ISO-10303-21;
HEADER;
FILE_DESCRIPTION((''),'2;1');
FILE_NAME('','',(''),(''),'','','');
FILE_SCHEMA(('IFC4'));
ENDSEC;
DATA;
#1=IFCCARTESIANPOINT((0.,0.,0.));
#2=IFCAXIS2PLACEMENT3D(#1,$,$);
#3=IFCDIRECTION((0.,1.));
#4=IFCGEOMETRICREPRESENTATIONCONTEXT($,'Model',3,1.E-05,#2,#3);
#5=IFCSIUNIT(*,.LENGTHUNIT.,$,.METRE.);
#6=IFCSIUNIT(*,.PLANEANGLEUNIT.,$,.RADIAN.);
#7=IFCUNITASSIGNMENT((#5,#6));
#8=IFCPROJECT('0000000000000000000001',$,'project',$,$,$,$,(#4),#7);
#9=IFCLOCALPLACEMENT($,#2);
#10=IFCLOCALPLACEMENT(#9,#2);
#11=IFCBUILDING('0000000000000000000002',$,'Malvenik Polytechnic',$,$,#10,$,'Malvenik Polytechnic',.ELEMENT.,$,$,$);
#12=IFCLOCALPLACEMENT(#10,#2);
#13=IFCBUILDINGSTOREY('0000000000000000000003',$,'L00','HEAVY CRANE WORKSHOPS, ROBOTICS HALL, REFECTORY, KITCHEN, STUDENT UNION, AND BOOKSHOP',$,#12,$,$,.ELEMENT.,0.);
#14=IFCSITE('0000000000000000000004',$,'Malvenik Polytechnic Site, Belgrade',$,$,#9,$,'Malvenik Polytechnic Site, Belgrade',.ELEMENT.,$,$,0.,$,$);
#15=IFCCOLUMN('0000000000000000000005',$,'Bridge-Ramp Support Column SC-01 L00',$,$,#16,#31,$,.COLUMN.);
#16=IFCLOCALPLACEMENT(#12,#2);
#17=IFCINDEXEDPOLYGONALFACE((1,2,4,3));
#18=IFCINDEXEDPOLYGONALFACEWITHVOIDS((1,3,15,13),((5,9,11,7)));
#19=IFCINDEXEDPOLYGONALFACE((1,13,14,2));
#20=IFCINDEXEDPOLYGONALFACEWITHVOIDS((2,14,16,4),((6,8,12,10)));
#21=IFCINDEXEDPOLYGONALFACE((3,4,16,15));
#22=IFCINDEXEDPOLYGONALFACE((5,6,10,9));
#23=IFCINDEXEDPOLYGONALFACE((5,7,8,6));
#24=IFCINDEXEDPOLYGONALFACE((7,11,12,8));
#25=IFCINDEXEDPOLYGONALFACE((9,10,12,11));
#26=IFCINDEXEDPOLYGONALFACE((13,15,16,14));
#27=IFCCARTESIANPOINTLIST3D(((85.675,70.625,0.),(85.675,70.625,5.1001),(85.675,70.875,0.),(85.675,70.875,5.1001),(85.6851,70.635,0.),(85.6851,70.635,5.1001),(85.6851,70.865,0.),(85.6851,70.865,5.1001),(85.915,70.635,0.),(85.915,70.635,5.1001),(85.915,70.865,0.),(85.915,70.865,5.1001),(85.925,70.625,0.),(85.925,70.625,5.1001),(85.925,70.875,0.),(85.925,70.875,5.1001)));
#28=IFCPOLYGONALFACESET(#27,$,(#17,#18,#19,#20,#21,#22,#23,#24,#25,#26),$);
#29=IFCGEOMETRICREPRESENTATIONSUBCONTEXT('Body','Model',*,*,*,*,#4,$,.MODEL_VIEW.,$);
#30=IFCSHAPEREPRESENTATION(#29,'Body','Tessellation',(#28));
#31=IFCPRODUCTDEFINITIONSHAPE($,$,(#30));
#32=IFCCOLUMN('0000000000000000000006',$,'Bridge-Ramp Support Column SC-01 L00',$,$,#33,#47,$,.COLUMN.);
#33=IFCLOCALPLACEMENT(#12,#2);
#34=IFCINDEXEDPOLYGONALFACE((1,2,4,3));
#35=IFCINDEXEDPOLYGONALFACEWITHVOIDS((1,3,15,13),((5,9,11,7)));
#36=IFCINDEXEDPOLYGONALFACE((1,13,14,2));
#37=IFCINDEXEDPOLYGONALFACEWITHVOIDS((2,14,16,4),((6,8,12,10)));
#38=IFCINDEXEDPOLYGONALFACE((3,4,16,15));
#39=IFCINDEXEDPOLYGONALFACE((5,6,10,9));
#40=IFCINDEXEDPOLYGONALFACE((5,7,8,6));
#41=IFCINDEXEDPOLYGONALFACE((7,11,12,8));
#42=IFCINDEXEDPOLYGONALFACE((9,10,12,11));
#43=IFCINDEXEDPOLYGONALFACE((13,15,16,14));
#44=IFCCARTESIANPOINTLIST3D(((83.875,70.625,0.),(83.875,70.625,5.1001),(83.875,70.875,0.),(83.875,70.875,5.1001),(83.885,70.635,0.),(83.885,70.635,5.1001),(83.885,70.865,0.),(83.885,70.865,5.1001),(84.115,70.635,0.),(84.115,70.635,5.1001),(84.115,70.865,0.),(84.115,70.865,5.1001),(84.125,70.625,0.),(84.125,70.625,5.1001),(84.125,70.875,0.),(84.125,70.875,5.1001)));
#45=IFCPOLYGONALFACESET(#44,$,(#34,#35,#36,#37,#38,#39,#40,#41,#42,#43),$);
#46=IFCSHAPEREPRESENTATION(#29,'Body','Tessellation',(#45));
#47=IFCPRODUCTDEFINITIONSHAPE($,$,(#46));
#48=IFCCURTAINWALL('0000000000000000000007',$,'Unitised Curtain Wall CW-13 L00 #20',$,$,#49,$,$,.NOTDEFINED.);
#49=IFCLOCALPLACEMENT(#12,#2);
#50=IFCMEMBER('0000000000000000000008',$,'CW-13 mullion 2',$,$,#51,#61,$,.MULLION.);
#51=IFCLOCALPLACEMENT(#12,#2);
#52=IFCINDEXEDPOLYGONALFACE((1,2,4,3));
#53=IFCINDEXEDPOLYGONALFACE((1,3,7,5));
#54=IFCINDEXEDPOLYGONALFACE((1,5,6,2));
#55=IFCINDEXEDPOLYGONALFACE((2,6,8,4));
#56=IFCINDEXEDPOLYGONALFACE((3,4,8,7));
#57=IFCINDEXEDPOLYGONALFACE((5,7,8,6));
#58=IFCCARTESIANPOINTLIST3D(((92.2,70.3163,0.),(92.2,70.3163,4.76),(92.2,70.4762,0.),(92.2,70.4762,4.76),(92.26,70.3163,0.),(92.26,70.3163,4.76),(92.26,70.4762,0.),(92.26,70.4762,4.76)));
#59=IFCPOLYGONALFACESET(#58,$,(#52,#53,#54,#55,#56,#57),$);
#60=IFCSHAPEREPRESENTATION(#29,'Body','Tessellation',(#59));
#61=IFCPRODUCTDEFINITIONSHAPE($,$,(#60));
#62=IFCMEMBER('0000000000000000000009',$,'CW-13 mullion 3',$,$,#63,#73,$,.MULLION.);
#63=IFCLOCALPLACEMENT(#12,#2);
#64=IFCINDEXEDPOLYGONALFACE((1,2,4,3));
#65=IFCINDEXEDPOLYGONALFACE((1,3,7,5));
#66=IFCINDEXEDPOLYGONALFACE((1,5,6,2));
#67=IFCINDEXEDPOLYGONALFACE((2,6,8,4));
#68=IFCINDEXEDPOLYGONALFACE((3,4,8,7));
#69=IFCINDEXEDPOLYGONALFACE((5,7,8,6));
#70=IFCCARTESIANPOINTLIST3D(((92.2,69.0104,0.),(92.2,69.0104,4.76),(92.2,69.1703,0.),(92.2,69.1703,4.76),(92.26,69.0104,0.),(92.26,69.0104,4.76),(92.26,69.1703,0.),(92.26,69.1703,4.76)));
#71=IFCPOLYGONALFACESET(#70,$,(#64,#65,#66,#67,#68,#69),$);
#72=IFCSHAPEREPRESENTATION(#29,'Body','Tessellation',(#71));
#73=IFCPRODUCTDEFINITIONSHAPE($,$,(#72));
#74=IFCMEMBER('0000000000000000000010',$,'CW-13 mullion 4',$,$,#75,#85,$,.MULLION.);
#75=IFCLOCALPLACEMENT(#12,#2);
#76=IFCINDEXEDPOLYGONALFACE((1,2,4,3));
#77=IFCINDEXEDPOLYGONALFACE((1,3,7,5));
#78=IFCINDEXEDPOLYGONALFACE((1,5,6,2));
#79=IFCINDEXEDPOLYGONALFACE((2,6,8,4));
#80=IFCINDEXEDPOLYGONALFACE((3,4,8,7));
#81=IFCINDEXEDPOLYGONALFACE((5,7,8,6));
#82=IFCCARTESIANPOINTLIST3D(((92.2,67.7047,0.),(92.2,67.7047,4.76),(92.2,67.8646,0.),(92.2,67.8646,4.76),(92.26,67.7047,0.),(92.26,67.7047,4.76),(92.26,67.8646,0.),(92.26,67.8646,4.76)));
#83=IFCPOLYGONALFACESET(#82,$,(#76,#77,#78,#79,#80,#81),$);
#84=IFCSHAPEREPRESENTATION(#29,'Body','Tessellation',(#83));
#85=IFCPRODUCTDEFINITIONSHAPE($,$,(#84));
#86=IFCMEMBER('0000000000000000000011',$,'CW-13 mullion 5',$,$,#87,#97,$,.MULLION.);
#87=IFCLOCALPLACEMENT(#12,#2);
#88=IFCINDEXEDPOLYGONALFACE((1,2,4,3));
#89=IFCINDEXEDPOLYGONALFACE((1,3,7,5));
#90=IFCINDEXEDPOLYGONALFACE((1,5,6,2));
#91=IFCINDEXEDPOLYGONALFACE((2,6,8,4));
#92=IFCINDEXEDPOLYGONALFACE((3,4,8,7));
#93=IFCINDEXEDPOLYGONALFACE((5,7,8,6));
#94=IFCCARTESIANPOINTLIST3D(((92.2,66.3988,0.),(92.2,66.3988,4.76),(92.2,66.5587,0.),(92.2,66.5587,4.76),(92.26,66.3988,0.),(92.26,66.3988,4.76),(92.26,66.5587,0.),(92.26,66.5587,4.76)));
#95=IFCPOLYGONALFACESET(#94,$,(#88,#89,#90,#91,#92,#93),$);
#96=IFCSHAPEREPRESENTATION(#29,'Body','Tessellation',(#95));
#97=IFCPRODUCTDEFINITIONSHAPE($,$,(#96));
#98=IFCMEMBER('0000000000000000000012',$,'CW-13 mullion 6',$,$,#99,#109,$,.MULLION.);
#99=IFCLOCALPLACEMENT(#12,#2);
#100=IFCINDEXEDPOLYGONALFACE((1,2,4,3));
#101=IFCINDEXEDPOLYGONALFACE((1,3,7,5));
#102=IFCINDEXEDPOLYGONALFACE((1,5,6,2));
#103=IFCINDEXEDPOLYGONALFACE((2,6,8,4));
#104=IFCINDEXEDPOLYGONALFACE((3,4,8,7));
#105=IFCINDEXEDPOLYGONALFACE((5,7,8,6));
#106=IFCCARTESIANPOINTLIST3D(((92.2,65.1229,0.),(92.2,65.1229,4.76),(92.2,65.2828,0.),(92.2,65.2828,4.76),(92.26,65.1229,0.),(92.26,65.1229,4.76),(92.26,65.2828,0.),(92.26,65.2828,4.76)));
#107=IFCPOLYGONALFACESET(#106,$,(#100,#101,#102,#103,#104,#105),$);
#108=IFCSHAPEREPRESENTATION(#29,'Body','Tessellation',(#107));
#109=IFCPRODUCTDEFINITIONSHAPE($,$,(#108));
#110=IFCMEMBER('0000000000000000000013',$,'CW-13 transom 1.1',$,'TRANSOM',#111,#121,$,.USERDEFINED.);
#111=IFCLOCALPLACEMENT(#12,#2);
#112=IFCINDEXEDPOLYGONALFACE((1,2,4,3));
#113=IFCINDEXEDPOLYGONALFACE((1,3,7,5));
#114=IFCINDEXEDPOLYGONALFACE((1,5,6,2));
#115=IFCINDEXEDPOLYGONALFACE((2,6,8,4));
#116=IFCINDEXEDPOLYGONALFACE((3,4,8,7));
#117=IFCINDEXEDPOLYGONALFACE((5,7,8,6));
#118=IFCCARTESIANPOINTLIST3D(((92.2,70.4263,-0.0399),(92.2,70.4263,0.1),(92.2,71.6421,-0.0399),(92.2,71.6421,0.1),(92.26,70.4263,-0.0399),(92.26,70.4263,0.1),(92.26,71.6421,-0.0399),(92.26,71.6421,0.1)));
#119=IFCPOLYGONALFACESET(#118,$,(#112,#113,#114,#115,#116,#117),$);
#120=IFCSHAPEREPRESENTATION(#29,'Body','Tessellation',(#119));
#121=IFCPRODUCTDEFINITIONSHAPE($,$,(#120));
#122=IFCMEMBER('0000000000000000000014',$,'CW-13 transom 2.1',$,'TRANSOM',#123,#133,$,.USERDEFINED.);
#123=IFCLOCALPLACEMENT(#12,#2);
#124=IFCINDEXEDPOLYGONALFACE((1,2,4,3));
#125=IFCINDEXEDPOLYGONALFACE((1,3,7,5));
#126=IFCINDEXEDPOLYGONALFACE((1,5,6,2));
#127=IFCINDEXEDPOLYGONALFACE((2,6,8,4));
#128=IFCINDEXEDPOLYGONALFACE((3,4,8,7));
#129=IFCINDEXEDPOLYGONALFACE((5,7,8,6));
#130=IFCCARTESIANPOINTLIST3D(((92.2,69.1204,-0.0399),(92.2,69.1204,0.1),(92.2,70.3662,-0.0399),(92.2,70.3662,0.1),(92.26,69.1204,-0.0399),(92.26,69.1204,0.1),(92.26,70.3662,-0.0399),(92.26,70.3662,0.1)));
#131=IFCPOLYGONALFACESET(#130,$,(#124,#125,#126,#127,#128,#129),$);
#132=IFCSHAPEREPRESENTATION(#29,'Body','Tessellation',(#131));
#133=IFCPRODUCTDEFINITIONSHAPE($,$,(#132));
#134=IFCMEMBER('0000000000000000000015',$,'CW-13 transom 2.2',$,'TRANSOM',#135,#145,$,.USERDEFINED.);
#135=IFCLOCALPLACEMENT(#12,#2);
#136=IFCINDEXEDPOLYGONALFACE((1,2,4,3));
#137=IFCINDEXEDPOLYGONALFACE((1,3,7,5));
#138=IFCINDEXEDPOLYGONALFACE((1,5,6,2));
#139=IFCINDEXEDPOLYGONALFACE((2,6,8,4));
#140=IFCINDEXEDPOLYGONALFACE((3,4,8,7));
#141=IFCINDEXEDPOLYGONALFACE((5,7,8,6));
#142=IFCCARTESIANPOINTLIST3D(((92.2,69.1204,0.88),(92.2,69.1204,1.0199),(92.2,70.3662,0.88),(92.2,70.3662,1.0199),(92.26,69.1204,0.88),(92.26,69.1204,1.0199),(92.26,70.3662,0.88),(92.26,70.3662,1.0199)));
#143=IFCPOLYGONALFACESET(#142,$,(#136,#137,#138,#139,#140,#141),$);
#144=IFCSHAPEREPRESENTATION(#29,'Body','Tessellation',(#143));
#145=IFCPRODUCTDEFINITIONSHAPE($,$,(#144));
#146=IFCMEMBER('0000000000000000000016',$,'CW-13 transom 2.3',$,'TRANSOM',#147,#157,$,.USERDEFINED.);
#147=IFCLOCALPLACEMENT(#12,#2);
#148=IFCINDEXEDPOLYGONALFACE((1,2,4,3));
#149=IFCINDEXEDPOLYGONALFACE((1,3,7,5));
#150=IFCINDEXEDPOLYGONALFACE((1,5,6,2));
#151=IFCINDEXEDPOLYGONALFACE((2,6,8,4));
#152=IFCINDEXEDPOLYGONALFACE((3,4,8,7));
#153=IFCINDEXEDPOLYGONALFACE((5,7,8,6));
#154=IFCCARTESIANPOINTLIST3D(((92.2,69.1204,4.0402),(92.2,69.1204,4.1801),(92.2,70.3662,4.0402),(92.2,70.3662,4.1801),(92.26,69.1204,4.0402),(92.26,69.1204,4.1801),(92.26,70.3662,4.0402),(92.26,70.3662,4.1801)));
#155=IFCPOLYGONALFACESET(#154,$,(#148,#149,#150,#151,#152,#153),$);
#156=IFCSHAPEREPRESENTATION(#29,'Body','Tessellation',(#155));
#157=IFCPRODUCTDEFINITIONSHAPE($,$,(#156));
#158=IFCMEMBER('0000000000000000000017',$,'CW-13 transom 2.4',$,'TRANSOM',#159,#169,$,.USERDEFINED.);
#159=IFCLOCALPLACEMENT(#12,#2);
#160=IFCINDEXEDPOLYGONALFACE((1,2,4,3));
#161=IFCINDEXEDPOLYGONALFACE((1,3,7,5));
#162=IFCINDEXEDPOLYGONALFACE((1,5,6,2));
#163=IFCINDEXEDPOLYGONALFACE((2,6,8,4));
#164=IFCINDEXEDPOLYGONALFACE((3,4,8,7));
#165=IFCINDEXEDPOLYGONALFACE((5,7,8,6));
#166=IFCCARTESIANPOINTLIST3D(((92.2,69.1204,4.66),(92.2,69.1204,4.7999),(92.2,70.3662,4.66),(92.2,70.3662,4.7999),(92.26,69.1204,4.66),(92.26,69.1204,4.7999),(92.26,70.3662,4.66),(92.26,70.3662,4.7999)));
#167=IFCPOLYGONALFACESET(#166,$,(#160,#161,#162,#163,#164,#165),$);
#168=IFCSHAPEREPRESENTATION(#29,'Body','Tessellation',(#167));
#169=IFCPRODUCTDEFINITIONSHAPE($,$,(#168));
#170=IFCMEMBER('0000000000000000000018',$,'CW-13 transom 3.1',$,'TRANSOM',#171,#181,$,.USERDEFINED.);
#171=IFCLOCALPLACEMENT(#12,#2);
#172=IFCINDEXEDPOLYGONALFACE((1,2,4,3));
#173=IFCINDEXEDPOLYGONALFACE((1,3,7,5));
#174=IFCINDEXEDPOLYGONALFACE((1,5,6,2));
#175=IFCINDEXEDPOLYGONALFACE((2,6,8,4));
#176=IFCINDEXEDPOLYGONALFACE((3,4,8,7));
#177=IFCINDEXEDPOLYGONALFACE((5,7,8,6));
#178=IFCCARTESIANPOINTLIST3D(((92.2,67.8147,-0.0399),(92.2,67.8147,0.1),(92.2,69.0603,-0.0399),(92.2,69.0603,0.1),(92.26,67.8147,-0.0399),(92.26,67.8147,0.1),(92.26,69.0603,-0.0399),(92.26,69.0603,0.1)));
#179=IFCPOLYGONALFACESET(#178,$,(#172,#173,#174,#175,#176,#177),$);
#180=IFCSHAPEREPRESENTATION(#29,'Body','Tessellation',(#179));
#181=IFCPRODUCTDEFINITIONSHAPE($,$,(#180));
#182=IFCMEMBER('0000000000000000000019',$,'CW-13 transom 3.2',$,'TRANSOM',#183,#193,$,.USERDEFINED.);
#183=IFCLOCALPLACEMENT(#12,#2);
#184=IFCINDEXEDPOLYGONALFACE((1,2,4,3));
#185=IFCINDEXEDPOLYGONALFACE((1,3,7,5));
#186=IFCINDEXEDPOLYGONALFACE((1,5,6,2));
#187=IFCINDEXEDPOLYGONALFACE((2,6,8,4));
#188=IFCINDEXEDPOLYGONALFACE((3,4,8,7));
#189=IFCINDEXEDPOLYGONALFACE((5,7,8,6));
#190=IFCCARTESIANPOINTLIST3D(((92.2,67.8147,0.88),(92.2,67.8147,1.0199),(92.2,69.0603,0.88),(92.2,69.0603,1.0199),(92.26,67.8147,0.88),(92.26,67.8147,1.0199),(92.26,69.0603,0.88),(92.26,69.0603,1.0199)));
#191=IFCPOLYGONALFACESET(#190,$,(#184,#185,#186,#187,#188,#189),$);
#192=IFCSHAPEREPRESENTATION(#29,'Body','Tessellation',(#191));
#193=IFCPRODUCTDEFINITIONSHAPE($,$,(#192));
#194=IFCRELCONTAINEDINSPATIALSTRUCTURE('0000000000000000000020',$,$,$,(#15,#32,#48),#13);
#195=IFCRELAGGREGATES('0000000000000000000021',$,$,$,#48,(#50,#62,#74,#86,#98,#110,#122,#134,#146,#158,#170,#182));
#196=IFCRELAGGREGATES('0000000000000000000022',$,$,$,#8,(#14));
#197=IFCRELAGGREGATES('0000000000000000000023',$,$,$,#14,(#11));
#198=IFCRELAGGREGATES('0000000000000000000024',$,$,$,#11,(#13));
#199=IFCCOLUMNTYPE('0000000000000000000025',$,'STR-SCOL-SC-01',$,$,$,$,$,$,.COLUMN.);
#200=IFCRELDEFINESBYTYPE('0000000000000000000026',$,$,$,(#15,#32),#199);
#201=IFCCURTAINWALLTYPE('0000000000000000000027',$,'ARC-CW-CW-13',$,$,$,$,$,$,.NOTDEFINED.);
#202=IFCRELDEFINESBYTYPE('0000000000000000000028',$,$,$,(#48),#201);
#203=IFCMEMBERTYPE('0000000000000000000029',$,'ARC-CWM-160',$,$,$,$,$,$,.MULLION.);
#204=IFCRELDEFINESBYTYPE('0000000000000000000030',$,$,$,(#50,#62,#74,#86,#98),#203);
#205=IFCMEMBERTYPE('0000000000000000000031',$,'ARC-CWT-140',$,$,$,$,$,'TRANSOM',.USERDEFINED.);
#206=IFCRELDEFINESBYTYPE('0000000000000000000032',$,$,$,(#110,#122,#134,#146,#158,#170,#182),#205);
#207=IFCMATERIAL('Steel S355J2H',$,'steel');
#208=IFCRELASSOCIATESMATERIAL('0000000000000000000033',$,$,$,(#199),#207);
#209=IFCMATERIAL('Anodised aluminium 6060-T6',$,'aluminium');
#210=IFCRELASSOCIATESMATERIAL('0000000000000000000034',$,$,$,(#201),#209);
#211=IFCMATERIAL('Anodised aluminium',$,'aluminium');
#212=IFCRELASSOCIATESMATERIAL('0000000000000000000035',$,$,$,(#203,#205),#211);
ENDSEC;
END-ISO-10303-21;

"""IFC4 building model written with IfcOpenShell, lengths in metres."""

from ifc_helpers import new_model, si_unit, direction, frame, origin, origin_2d, place, context, subcontext, project, spatial, rectangle, hollow_rectangle, extrude, material, material_profile, profile_set, type_object, element, aggregate, save


model = new_model("IFC4")

# Units and contexts
model_context = context("Model", 3, precision=1e-05, world=origin(), true_north=direction((0.0, 1.0)))
body_context = subcontext(model_context, "Body", "Model", "MODEL_VIEW")
ifc_project = project(units=[si_unit("LENGTHUNIT", "METRE"), si_unit("PLANEANGLEUNIT", "RADIAN")], contexts=[model_context])

# Site, building, storey
site_placement = place(None, origin())
site = spatial("IfcSite", under=ifc_project, at=site_placement, Name="Malvenik Polytechnic Site, Belgrade", LongName="Malvenik Polytechnic Site, Belgrade", CompositionType="ELEMENT", RefElevation=0.0)
building_placement = place(site_placement, origin())
building = spatial("IfcBuilding", under=site, at=building_placement, Name="Malvenik Polytechnic", LongName="Malvenik Polytechnic", CompositionType="ELEMENT")
storey_placement = place(building_placement, origin())
storey = spatial("IfcBuildingStorey", under=building, at=storey_placement, Name="L00", Description="HEAVY CRANE WORKSHOPS, ROBOTICS HALL, REFECTORY, KITCHEN, STUDENT UNION, AND BOOKSHOP", CompositionType="ELEMENT", Elevation=0.0)

# Columns
ifc_material_1 = material(Name="Steel S355J2H", Category="steel")
ifc_material_profile_1 = material_profile(ifc_material_1, hollow_rectangle(XDim=0.25, YDim=0.25, WallThickness=0.01, at=origin_2d()), Name="SHS 250x250x10.0")
ifc_profile_set_1 = profile_set([ifc_material_profile_1], Name="Steel S355J2H")
column_type = type_object("IfcColumnType", Name="STR-SCOL-SC-01", PredefinedType="COLUMN", material=ifc_profile_set_1)
for number, where, z_axis, x_axis, name in (
    (1, (85.8, 70.75, 0.0), (0.0, 0.0, 1.0), (1.0, 0.0, 0.0), "Bridge-Ramp Support Column SC-01 L00"),
    (2, (84.0, 70.75, 0.0), (0.0, 0.0, 1.0), (1.0, 0.0, 0.0), "Bridge-Ramp Support Column SC-01 L00"),
):
    element("IfcColumn", number, at=place(storey_placement, frame(where, z_axis=z_axis, x_axis=x_axis)), inside=storey, type_object=column_type, Name=name, PredefinedType="COLUMN", context=body_context, shape_type="SweptSolid", body=[
        extrude(hollow_rectangle(XDim=0.25, YDim=0.25, WallThickness=0.01, at=origin_2d()), origin(), (0.0, 0.0, 1.0), 5.1001),
    ])

# Curtain wall, members
ifc_material_2 = material(Name="Anodised aluminium 6060-T6", Category="aluminium")
curtain_wall_type = type_object("IfcCurtainWallType", Name="ARC-CW-CW-13", PredefinedType="NOTDEFINED", material=ifc_material_2)
curtain_wall_placement = place(storey_placement, origin())
curtain_wall = element("IfcCurtainWall", 3, at=curtain_wall_placement, inside=storey, type_object=curtain_wall_type, Name="Unitised Curtain Wall CW-13 L00 #20", PredefinedType="NOTDEFINED")
ifc_material_3 = material(Name="Anodised aluminium", Category="aluminium")
ifc_material_profile_2 = material_profile(ifc_material_3, rectangle(XDim=0.0601, YDim=0.1599, at=origin_2d()), Name="ALU MULLION 60x160")
ifc_profile_set_2 = profile_set([ifc_material_profile_2], Name="Anodised aluminium")
member_type_1 = type_object("IfcMemberType", Name="ARC-CWM-160", PredefinedType="MULLION", material=ifc_profile_set_2)
member_1_placement = place(storey_placement, frame((92.23, 70.3962, 0.0), z_axis=(0.0, 0.0, 1.0), x_axis=(1.0, 0.0, 0.0)))
member_1 = element("IfcMember", 4, at=member_1_placement, type_object=member_type_1, Name="CW-13 mullion 2", PredefinedType="MULLION", context=body_context, shape_type="SweptSolid", body=[
    extrude(rectangle(XDim=0.0601, YDim=0.1599, at=origin_2d()), origin(), (0.0, 0.0, 1.0), 4.76),
])
member_2_placement = place(storey_placement, frame((92.23, 69.0903, 0.0), z_axis=(0.0, 0.0, 1.0), x_axis=(1.0, 0.0, 0.0)))
member_2 = element("IfcMember", 5, at=member_2_placement, type_object=member_type_1, Name="CW-13 mullion 3", PredefinedType="MULLION", context=body_context, shape_type="SweptSolid", body=[
    extrude(rectangle(XDim=0.0601, YDim=0.1599, at=origin_2d()), origin(), (0.0, 0.0, 1.0), 4.76),
])
member_3_placement = place(storey_placement, frame((92.23, 67.7847, 0.0), z_axis=(0.0, 0.0, 1.0), x_axis=(1.0, 0.0, 0.0)))
member_3 = element("IfcMember", 6, at=member_3_placement, type_object=member_type_1, Name="CW-13 mullion 4", PredefinedType="MULLION", context=body_context, shape_type="SweptSolid", body=[
    extrude(rectangle(XDim=0.0601, YDim=0.1599, at=origin_2d()), origin(), (0.0, 0.0, 1.0), 4.76),
])
member_4_placement = place(storey_placement, frame((92.23, 66.4788, 0.0), z_axis=(0.0, 0.0, 1.0), x_axis=(1.0, 0.0, 0.0)))
member_4 = element("IfcMember", 7, at=member_4_placement, type_object=member_type_1, Name="CW-13 mullion 5", PredefinedType="MULLION", context=body_context, shape_type="SweptSolid", body=[
    extrude(rectangle(XDim=0.0601, YDim=0.1599, at=origin_2d()), origin(), (0.0, 0.0, 1.0), 4.76),
])
member_5_placement = place(storey_placement, frame((92.23, 65.2029, 0.0), z_axis=(0.0, 0.0, 1.0), x_axis=(1.0, 0.0, 0.0)))
member_5 = element("IfcMember", 8, at=member_5_placement, type_object=member_type_1, Name="CW-13 mullion 6", PredefinedType="MULLION", context=body_context, shape_type="SweptSolid", body=[
    extrude(rectangle(XDim=0.0601, YDim=0.1599, at=origin_2d()), origin(), (0.0, 0.0, 1.0), 4.76),
])
ifc_material_profile_3 = material_profile(ifc_material_3, rectangle(XDim=0.0601, YDim=0.1399, at=origin_2d()), Name="ALU TRANSOM 60x140")
ifc_profile_set_3 = profile_set([ifc_material_profile_3], Name="Anodised aluminium")
member_type_2 = type_object("IfcMemberType", Name="ARC-CWT-140", ElementType="TRANSOM", PredefinedType="USERDEFINED", material=ifc_profile_set_3)
member_6_placement = place(storey_placement, frame((92.23, 71.6421, 0.03), z_axis=(0.0, -1.0, 0.0), x_axis=(1.0, 0.0, 0.0)))
member_6 = element("IfcMember", 9, at=member_6_placement, type_object=member_type_2, Name="CW-13 transom 1.1", ObjectType="TRANSOM", PredefinedType="USERDEFINED", context=body_context, shape_type="SweptSolid", body=[
    extrude(rectangle(XDim=0.0601, YDim=0.1399, at=origin_2d()), origin(), (0.0, 0.0, 1.0), 1.2158),
])
member_7_placement = place(storey_placement, frame((92.23, 70.3662, 0.03), z_axis=(0.0, -1.0, 0.0), x_axis=(1.0, 0.0, 0.0)))
member_7 = element("IfcMember", 10, at=member_7_placement, type_object=member_type_2, Name="CW-13 transom 2.1", ObjectType="TRANSOM", PredefinedType="USERDEFINED", context=body_context, shape_type="SweptSolid", body=[
    extrude(rectangle(XDim=0.0601, YDim=0.1399, at=origin_2d()), origin(), (0.0, 0.0, 1.0), 1.2458),
])
member_8_placement = place(storey_placement, frame((92.23, 70.3662, 0.95), z_axis=(0.0, -1.0, 0.0), x_axis=(1.0, 0.0, 0.0)))
member_8 = element("IfcMember", 11, at=member_8_placement, type_object=member_type_2, Name="CW-13 transom 2.2", ObjectType="TRANSOM", PredefinedType="USERDEFINED", context=body_context, shape_type="SweptSolid", body=[
    extrude(rectangle(XDim=0.0601, YDim=0.1399, at=origin_2d()), origin(), (0.0, 0.0, 1.0), 1.2458),
])
member_9_placement = place(storey_placement, frame((92.23, 70.3662, 4.1101), z_axis=(0.0, -1.0, 0.0), x_axis=(1.0, 0.0, 0.0)))
member_9 = element("IfcMember", 12, at=member_9_placement, type_object=member_type_2, Name="CW-13 transom 2.3", ObjectType="TRANSOM", PredefinedType="USERDEFINED", context=body_context, shape_type="SweptSolid", body=[
    extrude(rectangle(XDim=0.0601, YDim=0.1399, at=origin_2d()), origin(), (0.0, 0.0, 1.0), 1.2458),
])
member_10_placement = place(storey_placement, frame((92.23, 70.3662, 4.73), z_axis=(0.0, -1.0, 0.0), x_axis=(1.0, 0.0, 0.0)))
member_10 = element("IfcMember", 13, at=member_10_placement, type_object=member_type_2, Name="CW-13 transom 2.4", ObjectType="TRANSOM", PredefinedType="USERDEFINED", context=body_context, shape_type="SweptSolid", body=[
    extrude(rectangle(XDim=0.0601, YDim=0.1399, at=origin_2d()), origin(), (0.0, 0.0, 1.0), 1.2458),
])
member_11_placement = place(storey_placement, frame((92.23, 69.0603, 0.03), z_axis=(0.0, -1.0, 0.0), x_axis=(1.0, 0.0, 0.0)))
member_11 = element("IfcMember", 14, at=member_11_placement, type_object=member_type_2, Name="CW-13 transom 3.1", ObjectType="TRANSOM", PredefinedType="USERDEFINED", context=body_context, shape_type="SweptSolid", body=[
    extrude(rectangle(XDim=0.0601, YDim=0.1399, at=origin_2d()), origin(), (0.0, 0.0, 1.0), 1.2456),
])
member_12_placement = place(storey_placement, frame((92.23, 69.0603, 0.95), z_axis=(0.0, -1.0, 0.0), x_axis=(1.0, 0.0, 0.0)))
member_12 = element("IfcMember", 15, at=member_12_placement, type_object=member_type_2, Name="CW-13 transom 3.2", ObjectType="TRANSOM", PredefinedType="USERDEFINED", context=body_context, shape_type="SweptSolid", body=[
    extrude(rectangle(XDim=0.0601, YDim=0.1399, at=origin_2d()), origin(), (0.0, 0.0, 1.0), 1.2456),
])
aggregate(curtain_wall, [member_1, member_2, member_3, member_4, member_5, member_6, member_7, member_8, member_9, member_10, member_11, member_12])

save(model, "model.ifc")
